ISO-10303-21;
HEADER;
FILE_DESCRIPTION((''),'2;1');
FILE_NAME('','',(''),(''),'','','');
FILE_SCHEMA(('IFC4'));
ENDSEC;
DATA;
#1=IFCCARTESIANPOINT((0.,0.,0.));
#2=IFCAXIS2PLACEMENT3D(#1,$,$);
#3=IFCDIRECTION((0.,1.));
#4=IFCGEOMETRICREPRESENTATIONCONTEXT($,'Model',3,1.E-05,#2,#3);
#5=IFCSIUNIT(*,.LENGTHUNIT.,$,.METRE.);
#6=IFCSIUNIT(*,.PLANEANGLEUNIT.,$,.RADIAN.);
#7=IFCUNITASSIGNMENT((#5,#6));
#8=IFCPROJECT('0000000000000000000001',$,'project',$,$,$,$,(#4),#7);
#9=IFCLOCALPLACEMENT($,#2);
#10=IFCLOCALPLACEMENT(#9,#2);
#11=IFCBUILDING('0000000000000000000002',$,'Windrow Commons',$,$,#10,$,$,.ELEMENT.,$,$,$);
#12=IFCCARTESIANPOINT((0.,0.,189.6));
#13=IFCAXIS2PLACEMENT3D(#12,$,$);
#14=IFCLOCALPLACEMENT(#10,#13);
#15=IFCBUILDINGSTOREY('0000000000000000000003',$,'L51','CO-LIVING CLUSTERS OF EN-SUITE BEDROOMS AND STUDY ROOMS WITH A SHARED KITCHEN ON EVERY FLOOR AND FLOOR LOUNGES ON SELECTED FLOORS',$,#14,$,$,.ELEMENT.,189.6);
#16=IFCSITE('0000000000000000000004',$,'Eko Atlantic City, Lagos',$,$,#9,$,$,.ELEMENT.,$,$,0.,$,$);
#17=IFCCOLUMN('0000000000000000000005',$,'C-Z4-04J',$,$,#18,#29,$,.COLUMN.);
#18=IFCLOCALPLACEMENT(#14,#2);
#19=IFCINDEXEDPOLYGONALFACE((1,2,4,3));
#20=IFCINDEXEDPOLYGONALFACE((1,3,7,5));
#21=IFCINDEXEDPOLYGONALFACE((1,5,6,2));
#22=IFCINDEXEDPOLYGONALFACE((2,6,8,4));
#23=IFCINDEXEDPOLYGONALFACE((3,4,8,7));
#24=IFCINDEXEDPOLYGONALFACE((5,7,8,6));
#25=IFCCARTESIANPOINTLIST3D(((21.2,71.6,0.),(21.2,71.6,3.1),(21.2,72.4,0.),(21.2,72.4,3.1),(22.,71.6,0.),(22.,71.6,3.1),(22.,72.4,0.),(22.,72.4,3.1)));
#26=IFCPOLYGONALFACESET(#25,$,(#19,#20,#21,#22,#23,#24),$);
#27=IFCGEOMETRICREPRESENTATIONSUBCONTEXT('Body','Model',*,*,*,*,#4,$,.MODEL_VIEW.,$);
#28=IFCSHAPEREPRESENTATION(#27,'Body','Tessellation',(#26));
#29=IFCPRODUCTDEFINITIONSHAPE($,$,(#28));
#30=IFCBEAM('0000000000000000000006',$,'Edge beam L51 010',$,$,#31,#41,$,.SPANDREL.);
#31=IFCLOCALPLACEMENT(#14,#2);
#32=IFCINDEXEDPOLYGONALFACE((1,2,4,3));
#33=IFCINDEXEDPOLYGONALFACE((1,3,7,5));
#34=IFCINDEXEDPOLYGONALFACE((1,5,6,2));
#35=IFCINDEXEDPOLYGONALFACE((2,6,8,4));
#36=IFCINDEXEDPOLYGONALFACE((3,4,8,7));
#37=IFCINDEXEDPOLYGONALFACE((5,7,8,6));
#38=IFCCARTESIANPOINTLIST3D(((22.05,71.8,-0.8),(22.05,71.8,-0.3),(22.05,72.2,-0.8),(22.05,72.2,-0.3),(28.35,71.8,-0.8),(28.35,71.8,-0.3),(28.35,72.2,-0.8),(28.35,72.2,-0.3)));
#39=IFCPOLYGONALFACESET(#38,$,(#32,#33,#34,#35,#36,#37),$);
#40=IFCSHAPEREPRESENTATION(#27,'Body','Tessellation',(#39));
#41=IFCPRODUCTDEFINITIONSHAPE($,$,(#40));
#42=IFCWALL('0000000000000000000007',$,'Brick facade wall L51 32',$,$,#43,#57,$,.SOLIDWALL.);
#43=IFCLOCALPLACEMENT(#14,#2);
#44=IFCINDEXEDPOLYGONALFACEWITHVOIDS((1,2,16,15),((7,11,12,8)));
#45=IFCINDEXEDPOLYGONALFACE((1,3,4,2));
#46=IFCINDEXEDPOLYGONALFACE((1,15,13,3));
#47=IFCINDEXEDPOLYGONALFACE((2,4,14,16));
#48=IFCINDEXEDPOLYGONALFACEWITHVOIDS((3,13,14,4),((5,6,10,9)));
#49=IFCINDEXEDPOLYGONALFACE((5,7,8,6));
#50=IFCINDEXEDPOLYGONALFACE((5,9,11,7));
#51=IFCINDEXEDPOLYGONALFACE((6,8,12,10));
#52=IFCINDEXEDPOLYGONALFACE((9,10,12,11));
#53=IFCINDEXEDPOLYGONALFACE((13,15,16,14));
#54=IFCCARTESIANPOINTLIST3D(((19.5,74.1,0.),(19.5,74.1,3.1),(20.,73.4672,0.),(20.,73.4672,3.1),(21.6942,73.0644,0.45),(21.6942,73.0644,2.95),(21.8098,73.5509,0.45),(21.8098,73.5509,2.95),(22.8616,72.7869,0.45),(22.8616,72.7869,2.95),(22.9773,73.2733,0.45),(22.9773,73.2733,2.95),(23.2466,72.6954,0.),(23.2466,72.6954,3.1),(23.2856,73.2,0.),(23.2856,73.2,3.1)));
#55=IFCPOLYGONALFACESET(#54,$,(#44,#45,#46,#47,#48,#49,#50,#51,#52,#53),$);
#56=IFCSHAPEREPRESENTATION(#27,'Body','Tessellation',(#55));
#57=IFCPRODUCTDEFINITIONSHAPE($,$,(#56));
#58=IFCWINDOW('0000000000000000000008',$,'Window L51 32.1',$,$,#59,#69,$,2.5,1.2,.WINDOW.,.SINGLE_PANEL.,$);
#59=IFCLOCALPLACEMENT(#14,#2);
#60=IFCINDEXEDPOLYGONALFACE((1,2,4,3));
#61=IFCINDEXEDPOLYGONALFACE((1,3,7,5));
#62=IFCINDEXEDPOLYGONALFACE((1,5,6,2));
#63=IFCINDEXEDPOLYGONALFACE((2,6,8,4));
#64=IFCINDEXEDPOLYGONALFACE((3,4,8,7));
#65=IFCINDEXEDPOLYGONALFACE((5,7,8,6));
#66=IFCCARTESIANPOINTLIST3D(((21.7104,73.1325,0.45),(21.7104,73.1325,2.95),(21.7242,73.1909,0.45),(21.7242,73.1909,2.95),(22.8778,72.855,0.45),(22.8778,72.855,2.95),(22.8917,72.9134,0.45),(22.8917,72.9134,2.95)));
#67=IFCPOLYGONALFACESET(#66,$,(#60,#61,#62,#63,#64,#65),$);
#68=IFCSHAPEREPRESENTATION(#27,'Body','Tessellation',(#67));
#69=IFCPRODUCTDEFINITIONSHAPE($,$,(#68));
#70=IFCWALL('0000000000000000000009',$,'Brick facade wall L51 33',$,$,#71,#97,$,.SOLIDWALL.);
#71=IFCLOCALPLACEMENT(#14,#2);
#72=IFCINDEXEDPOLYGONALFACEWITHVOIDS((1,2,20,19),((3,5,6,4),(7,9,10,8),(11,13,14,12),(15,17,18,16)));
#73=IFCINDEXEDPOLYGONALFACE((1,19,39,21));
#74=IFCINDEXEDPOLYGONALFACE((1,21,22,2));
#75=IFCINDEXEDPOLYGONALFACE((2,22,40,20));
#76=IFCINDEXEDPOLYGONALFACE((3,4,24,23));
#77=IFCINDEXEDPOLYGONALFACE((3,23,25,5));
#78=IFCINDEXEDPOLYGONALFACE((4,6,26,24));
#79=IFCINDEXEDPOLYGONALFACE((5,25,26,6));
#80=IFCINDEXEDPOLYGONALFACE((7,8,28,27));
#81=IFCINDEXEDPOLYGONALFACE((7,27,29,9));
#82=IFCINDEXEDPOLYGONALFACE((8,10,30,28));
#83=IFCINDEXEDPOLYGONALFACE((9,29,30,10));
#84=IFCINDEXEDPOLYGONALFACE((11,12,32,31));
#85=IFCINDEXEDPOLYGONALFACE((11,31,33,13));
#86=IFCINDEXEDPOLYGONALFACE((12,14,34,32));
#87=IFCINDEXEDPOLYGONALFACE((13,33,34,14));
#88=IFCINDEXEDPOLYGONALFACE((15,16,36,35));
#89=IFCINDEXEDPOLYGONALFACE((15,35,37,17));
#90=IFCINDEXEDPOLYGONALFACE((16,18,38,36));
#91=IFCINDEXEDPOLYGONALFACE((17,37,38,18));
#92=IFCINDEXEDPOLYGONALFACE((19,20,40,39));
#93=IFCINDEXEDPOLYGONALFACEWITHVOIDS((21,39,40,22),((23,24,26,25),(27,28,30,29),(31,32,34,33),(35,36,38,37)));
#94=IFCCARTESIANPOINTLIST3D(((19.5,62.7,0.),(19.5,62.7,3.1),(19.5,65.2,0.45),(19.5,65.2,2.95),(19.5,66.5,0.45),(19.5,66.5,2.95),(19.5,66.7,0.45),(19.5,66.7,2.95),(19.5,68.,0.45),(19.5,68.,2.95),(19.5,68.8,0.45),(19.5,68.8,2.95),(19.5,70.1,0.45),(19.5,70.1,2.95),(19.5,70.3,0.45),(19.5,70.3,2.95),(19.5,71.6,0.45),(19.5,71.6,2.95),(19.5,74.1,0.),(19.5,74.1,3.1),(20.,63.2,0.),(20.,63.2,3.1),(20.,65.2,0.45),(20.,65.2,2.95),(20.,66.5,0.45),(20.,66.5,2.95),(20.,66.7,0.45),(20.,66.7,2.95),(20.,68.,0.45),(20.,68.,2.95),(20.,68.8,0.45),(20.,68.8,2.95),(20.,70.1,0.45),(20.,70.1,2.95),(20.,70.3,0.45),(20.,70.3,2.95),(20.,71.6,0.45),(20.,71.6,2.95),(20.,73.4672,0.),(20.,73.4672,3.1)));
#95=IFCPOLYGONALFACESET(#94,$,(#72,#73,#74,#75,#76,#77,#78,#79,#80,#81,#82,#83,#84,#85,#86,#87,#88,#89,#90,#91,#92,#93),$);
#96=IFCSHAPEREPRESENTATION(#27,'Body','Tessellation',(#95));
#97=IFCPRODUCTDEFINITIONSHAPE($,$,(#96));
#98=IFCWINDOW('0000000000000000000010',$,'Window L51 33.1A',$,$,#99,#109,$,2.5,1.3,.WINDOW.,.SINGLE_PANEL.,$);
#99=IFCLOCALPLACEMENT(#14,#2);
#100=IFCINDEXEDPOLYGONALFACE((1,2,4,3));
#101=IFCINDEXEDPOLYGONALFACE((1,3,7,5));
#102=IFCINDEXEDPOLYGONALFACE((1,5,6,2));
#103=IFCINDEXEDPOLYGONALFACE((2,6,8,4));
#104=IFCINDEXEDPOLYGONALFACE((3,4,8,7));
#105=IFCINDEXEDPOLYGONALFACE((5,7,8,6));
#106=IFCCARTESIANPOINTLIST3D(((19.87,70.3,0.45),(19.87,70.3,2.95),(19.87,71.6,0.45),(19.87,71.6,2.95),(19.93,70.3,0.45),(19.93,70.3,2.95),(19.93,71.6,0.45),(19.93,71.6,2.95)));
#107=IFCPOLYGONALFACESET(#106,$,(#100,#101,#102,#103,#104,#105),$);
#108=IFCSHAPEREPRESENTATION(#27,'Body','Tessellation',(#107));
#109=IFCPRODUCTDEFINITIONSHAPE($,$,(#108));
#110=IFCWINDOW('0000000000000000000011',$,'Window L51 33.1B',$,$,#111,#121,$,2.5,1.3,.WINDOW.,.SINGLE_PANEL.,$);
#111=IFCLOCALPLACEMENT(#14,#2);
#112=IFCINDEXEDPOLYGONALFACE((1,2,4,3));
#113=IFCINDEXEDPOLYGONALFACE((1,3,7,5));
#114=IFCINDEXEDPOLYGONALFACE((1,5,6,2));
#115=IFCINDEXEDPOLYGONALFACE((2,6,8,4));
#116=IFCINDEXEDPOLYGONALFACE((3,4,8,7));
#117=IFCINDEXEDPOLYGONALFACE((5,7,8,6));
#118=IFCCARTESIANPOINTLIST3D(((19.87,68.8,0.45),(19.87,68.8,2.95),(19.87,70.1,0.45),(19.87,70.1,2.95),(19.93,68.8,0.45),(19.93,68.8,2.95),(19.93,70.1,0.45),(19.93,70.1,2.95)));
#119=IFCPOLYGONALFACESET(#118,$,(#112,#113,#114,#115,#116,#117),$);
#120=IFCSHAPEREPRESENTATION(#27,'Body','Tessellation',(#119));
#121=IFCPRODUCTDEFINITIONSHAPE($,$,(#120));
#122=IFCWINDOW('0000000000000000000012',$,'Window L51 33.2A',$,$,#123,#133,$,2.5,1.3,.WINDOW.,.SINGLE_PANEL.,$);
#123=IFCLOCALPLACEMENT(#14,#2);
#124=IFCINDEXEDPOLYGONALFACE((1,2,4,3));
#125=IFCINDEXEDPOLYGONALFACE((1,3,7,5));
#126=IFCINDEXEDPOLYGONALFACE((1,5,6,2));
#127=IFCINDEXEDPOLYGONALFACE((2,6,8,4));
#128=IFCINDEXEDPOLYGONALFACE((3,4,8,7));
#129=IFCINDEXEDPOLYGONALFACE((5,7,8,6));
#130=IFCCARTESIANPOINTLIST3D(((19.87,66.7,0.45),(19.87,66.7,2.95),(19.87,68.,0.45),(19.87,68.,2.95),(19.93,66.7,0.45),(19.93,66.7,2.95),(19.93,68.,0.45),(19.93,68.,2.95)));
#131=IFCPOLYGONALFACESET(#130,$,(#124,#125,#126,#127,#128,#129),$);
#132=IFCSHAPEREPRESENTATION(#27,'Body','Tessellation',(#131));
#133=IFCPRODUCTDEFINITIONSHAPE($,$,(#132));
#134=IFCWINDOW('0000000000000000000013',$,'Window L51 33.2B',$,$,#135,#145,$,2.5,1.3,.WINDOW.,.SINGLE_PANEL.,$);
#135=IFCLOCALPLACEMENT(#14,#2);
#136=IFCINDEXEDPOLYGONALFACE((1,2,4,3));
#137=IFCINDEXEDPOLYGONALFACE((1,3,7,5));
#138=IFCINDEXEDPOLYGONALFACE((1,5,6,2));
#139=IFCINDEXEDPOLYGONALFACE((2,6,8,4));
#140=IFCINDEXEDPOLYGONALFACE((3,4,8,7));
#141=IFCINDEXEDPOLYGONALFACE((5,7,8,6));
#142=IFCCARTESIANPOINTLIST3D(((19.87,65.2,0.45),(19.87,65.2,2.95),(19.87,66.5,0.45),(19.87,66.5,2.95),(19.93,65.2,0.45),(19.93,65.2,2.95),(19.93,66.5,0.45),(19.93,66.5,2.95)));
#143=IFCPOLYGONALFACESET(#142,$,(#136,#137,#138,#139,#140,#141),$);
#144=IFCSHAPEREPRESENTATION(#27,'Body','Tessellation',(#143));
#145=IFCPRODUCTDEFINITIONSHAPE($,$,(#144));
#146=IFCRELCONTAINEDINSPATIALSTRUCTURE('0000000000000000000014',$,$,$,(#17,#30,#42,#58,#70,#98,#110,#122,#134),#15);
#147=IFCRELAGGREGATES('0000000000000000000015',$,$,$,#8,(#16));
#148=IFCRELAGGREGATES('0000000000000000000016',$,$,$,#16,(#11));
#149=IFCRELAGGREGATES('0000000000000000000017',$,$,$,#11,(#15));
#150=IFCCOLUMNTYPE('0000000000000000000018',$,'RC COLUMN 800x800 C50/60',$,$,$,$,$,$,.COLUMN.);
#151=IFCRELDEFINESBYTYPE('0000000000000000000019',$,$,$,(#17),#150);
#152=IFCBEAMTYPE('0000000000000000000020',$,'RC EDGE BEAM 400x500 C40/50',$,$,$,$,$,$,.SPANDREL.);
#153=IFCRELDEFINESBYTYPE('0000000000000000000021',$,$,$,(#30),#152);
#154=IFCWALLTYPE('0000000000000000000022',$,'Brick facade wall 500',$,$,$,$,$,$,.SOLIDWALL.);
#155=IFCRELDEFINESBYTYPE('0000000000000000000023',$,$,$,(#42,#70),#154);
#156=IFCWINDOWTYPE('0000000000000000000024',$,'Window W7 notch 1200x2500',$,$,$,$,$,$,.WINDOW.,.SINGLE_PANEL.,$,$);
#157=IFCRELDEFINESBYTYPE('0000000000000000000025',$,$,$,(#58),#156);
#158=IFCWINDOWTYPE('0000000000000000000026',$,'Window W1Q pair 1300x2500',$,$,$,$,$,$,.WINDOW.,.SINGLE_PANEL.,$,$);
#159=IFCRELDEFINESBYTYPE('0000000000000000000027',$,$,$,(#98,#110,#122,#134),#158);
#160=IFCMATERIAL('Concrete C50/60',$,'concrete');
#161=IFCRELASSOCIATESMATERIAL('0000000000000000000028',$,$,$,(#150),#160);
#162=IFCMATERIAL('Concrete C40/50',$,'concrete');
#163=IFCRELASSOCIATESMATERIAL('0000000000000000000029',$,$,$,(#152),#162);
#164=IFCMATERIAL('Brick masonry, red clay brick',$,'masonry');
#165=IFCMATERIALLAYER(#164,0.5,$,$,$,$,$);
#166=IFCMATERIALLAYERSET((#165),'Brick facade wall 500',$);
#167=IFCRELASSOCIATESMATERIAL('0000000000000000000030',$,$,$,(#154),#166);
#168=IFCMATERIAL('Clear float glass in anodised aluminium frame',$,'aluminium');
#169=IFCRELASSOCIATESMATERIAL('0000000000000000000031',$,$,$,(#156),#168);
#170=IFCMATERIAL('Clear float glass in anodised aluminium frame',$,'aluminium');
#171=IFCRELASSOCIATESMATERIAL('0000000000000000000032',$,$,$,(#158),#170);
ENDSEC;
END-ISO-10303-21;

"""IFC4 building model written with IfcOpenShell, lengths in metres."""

from ifc_helpers import new_model, si_unit, direction, frame, frame_2d, origin, origin_2d, place, context, subcontext, project, spatial, polyline, rectangle, outline, extrude, material, layer, layer_set, material_profile, profile_set, type_object, element, fill, save


model = new_model("IFC4")

# Units and contexts
model_context = context("Model", 3, precision=1e-05, world=origin(), true_north=direction((0.0, 1.0)))
body_context = subcontext(model_context, "Body", "Model", "MODEL_VIEW")
ifc_project = project(units=[si_unit("LENGTHUNIT", "METRE"), si_unit("PLANEANGLEUNIT", "RADIAN")], contexts=[model_context])

# Site, building, storey
site_placement = place(None, origin())
site = spatial("IfcSite", under=ifc_project, at=site_placement, Name="Eko Atlantic City, Lagos", CompositionType="ELEMENT", RefElevation=0.0)
building_placement = place(site_placement, origin())
building = spatial("IfcBuilding", under=site, at=building_placement, Name="Windrow Commons", CompositionType="ELEMENT")
storey_placement = place(building_placement, frame((0.0, 0.0, 189.6)))
storey = spatial("IfcBuildingStorey", under=building, at=storey_placement, Name="L51", Description="CO-LIVING CLUSTERS OF EN-SUITE BEDROOMS AND STUDY ROOMS WITH A SHARED KITCHEN ON EVERY FLOOR AND FLOOR LOUNGES ON SELECTED FLOORS", CompositionType="ELEMENT", Elevation=189.6)

# Column
ifc_material_1 = material(Name="Concrete C50/60", Category="concrete")
ifc_material_profile_1 = material_profile(ifc_material_1, rectangle(XDim=0.8, YDim=0.8, at=origin_2d()))
ifc_profile_set_1 = profile_set([ifc_material_profile_1], Name="Concrete C50/60")
column_type = type_object("IfcColumnType", Name="RC COLUMN 800x800 C50/60", PredefinedType="COLUMN", material=ifc_profile_set_1)
column_placement = place(storey_placement, frame((21.6, 72.0, 0.0), z_axis=(0.0, 0.0, 1.0), x_axis=(1.0, 0.0, 0.0)))
element("IfcColumn", 1, at=column_placement, inside=storey, type_object=column_type, Name="C-Z4-04J", PredefinedType="COLUMN", context=body_context, shape_type="SweptSolid", body=[
    extrude(rectangle(XDim=0.8, YDim=0.8, at=origin_2d()), origin(), (0.0, 0.0, 1.0), 3.1),
])

# Beam
ifc_material_2 = material(Name="Concrete C40/50", Category="concrete")
ifc_material_profile_2 = material_profile(ifc_material_2, rectangle(XDim=0.4, YDim=0.5, at=origin_2d()))
ifc_profile_set_2 = profile_set([ifc_material_profile_2], Name="Concrete C40/50")
beam_type = type_object("IfcBeamType", Name="RC EDGE BEAM 400x500 C40/50", PredefinedType="SPANDREL", material=ifc_profile_set_2)
beam_placement = place(storey_placement, frame((22.05, 72.0, -0.55), z_axis=(1.0, 0.0, 0.0), x_axis=(0.0, 1.0, 0.0)))
element("IfcBeam", 2, at=beam_placement, inside=storey, type_object=beam_type, Name="Edge beam L51 010", PredefinedType="SPANDREL", context=body_context, shape_type="SweptSolid", body=[
    extrude(rectangle(XDim=0.4, YDim=0.5, at=origin_2d()), origin(), (0.0, 0.0, 1.0), 6.3),
])

# Wall, opening, window
ifc_material_3 = material(Name="Brick masonry, red clay brick", Category="masonry")
ifc_layer_1 = layer(ifc_material_3, 0.5)
ifc_layer_set_1 = layer_set([ifc_layer_1], Name="Brick facade wall 500")
wall_type_1 = type_object("IfcWallType", Name="Brick facade wall 500", PredefinedType="SOLIDWALL", material=ifc_layer_set_1)
wall_1_placement = place(storey_placement, frame((23.2661, 72.9477, 0.0), z_axis=(0.0, 0.0, 1.0), x_axis=(-0.972885, 0.231289, 0.0)))
wall_1 = element("IfcWall", 3, at=wall_1_placement, inside=storey, type_object=wall_type_1, Name="Brick facade wall L51 32", PredefinedType="SOLIDWALL", context=body_context, shape_type="SweptSolid", body=[
    extrude(outline(polyline([(0.0394, -0.25), (3.9305, -0.25), (3.2977, 0.25), (-0.0394, 0.25), (0.0394, -0.25)])), origin(), (0.0, 0.0, 1.0), 3.1),
])
opening_1_placement = place(wall_1_placement, frame((0.3563, 0.0, 0.45)))
opening_1 = element("IfcOpeningElement", 4, at=opening_1_placement, cuts=wall_1, PredefinedType="OPENING", context=body_context, shape_type="SweptSolid", body=[
    extrude(rectangle(XDim=1.2, YDim=2.5, at=frame_2d((0.6, 1.25))), frame((0.0, 0.26, 0.0), z_axis=(0.0, -1.0, 0.0), x_axis=(1.0, 0.0, 0.0)), (0.0, 0.0, 1.0), 0.52),
])
ifc_material_4 = material(Name="Clear float glass in anodised aluminium frame", Category="aluminium")
window_type_1 = type_object("IfcWindowType", Name="Window W7 notch 1200x2500", PartitioningType="SINGLE_PANEL", PredefinedType="WINDOW", material=ifc_material_4)
window_1_placement = place(opening_1_placement, origin())
window_1 = element("IfcWindow", 5, at=window_1_placement, inside=storey, type_object=window_type_1, Name="Window L51 32.1", OverallHeight=2.5, OverallWidth=1.2, PartitioningType="SINGLE_PANEL", PredefinedType="WINDOW", context=body_context, shape_type="SweptSolid", body=[
    extrude(rectangle(XDim=1.2, YDim=2.5, at=frame_2d((0.6, 1.25))), frame((0.0, 0.18, 0.0), z_axis=(0.0, -1.0, 0.0), x_axis=(1.0, 0.0, 0.0)), (0.0, 0.0, 1.0), 0.06),
])
fill(opening_1, window_1)

# Wall, openings, windows
wall_2_placement = place(storey_placement, frame((19.75, 73.7836, 0.0), z_axis=(0.0, 0.0, 1.0), x_axis=(0.0, -1.0, 0.0)))
wall_2 = element("IfcWall", 6, at=wall_2_placement, inside=storey, type_object=wall_type_1, Name="Brick facade wall L51 33", PredefinedType="SOLIDWALL", context=body_context, shape_type="SweptSolid", body=[
    extrude(outline(polyline([(-0.3164, -0.25), (11.0836, -0.25), (10.5836, 0.25), (0.3164, 0.25), (-0.3164, -0.25)])), origin(), (0.0, 0.0, 1.0), 3.1),
])
opening_2_placement = place(wall_2_placement, frame((2.1836, 0.0, 0.45)))
opening_2 = element("IfcOpeningElement", 7, at=opening_2_placement, cuts=wall_2, PredefinedType="OPENING", context=body_context, shape_type="SweptSolid", body=[
    extrude(rectangle(XDim=1.3, YDim=2.5, at=frame_2d((0.65, 1.25))), frame((0.0, 0.26, 0.0), z_axis=(0.0, -1.0, 0.0), x_axis=(1.0, 0.0, 0.0)), (0.0, 0.0, 1.0), 0.52),
])
opening_3_placement = place(wall_2_placement, frame((3.6836, 0.0, 0.45)))
opening_3 = element("IfcOpeningElement", 8, at=opening_3_placement, cuts=wall_2, PredefinedType="OPENING", context=body_context, shape_type="SweptSolid", body=[
    extrude(rectangle(XDim=1.3, YDim=2.5, at=frame_2d((0.65, 1.25))), frame((0.0, 0.26, 0.0), z_axis=(0.0, -1.0, 0.0), x_axis=(1.0, 0.0, 0.0)), (0.0, 0.0, 1.0), 0.52),
])
opening_4_placement = place(wall_2_placement, frame((5.7836, 0.0, 0.45)))
opening_4 = element("IfcOpeningElement", 9, at=opening_4_placement, cuts=wall_2, PredefinedType="OPENING", context=body_context, shape_type="SweptSolid", body=[
    extrude(rectangle(XDim=1.3, YDim=2.5, at=frame_2d((0.65, 1.25))), frame((0.0, 0.26, 0.0), z_axis=(0.0, -1.0, 0.0), x_axis=(1.0, 0.0, 0.0)), (0.0, 0.0, 1.0), 0.52),
])
opening_5_placement = place(wall_2_placement, frame((7.2836, 0.0, 0.45)))
opening_5 = element("IfcOpeningElement", 10, at=opening_5_placement, cuts=wall_2, PredefinedType="OPENING", context=body_context, shape_type="SweptSolid", body=[
    extrude(rectangle(XDim=1.3, YDim=2.5, at=frame_2d((0.65, 1.25))), frame((0.0, 0.26, 0.0), z_axis=(0.0, -1.0, 0.0), x_axis=(1.0, 0.0, 0.0)), (0.0, 0.0, 1.0), 0.52),
])
ifc_material_5 = material(Name="Clear float glass in anodised aluminium frame", Category="aluminium")
window_type_2 = type_object("IfcWindowType", Name="Window W1Q pair 1300x2500", PartitioningType="SINGLE_PANEL", PredefinedType="WINDOW", material=ifc_material_5)
window_2_placement = place(opening_2_placement, origin())
window_2 = element("IfcWindow", 11, at=window_2_placement, inside=storey, type_object=window_type_2, Name="Window L51 33.1A", OverallHeight=2.5, OverallWidth=1.3, PartitioningType="SINGLE_PANEL", PredefinedType="WINDOW", context=body_context, shape_type="SweptSolid", body=[
    extrude(rectangle(XDim=1.3, YDim=2.5, at=frame_2d((0.65, 1.25))), frame((0.0, 0.18, 0.0), z_axis=(0.0, -1.0, 0.0), x_axis=(1.0, 0.0, 0.0)), (0.0, 0.0, 1.0), 0.06),
])
fill(opening_2, window_2)
window_3_placement = place(opening_3_placement, origin())
window_3 = element("IfcWindow", 12, at=window_3_placement, inside=storey, type_object=window_type_2, Name="Window L51 33.1B", OverallHeight=2.5, OverallWidth=1.3, PartitioningType="SINGLE_PANEL", PredefinedType="WINDOW", context=body_context, shape_type="SweptSolid", body=[
    extrude(rectangle(XDim=1.3, YDim=2.5, at=frame_2d((0.65, 1.25))), frame((0.0, 0.18, 0.0), z_axis=(0.0, -1.0, 0.0), x_axis=(1.0, 0.0, 0.0)), (0.0, 0.0, 1.0), 0.06),
])
fill(opening_3, window_3)
window_4_placement = place(opening_4_placement, origin())
window_4 = element("IfcWindow", 13, at=window_4_placement, inside=storey, type_object=window_type_2, Name="Window L51 33.2A", OverallHeight=2.5, OverallWidth=1.3, PartitioningType="SINGLE_PANEL", PredefinedType="WINDOW", context=body_context, shape_type="SweptSolid", body=[
    extrude(rectangle(XDim=1.3, YDim=2.5, at=frame_2d((0.65, 1.25))), frame((0.0, 0.18, 0.0), z_axis=(0.0, -1.0, 0.0), x_axis=(1.0, 0.0, 0.0)), (0.0, 0.0, 1.0), 0.06),
])
fill(opening_4, window_4)
window_5_placement = place(opening_5_placement, origin())
window_5 = element("IfcWindow", 14, at=window_5_placement, inside=storey, type_object=window_type_2, Name="Window L51 33.2B", OverallHeight=2.5, OverallWidth=1.3, PartitioningType="SINGLE_PANEL", PredefinedType="WINDOW", context=body_context, shape_type="SweptSolid", body=[
    extrude(rectangle(XDim=1.3, YDim=2.5, at=frame_2d((0.65, 1.25))), frame((0.0, 0.18, 0.0), z_axis=(0.0, -1.0, 0.0), x_axis=(1.0, 0.0, 0.0)), (0.0, 0.0, 1.0), 0.06),
])
fill(opening_5, window_5)

save(model, "model.ifc")
